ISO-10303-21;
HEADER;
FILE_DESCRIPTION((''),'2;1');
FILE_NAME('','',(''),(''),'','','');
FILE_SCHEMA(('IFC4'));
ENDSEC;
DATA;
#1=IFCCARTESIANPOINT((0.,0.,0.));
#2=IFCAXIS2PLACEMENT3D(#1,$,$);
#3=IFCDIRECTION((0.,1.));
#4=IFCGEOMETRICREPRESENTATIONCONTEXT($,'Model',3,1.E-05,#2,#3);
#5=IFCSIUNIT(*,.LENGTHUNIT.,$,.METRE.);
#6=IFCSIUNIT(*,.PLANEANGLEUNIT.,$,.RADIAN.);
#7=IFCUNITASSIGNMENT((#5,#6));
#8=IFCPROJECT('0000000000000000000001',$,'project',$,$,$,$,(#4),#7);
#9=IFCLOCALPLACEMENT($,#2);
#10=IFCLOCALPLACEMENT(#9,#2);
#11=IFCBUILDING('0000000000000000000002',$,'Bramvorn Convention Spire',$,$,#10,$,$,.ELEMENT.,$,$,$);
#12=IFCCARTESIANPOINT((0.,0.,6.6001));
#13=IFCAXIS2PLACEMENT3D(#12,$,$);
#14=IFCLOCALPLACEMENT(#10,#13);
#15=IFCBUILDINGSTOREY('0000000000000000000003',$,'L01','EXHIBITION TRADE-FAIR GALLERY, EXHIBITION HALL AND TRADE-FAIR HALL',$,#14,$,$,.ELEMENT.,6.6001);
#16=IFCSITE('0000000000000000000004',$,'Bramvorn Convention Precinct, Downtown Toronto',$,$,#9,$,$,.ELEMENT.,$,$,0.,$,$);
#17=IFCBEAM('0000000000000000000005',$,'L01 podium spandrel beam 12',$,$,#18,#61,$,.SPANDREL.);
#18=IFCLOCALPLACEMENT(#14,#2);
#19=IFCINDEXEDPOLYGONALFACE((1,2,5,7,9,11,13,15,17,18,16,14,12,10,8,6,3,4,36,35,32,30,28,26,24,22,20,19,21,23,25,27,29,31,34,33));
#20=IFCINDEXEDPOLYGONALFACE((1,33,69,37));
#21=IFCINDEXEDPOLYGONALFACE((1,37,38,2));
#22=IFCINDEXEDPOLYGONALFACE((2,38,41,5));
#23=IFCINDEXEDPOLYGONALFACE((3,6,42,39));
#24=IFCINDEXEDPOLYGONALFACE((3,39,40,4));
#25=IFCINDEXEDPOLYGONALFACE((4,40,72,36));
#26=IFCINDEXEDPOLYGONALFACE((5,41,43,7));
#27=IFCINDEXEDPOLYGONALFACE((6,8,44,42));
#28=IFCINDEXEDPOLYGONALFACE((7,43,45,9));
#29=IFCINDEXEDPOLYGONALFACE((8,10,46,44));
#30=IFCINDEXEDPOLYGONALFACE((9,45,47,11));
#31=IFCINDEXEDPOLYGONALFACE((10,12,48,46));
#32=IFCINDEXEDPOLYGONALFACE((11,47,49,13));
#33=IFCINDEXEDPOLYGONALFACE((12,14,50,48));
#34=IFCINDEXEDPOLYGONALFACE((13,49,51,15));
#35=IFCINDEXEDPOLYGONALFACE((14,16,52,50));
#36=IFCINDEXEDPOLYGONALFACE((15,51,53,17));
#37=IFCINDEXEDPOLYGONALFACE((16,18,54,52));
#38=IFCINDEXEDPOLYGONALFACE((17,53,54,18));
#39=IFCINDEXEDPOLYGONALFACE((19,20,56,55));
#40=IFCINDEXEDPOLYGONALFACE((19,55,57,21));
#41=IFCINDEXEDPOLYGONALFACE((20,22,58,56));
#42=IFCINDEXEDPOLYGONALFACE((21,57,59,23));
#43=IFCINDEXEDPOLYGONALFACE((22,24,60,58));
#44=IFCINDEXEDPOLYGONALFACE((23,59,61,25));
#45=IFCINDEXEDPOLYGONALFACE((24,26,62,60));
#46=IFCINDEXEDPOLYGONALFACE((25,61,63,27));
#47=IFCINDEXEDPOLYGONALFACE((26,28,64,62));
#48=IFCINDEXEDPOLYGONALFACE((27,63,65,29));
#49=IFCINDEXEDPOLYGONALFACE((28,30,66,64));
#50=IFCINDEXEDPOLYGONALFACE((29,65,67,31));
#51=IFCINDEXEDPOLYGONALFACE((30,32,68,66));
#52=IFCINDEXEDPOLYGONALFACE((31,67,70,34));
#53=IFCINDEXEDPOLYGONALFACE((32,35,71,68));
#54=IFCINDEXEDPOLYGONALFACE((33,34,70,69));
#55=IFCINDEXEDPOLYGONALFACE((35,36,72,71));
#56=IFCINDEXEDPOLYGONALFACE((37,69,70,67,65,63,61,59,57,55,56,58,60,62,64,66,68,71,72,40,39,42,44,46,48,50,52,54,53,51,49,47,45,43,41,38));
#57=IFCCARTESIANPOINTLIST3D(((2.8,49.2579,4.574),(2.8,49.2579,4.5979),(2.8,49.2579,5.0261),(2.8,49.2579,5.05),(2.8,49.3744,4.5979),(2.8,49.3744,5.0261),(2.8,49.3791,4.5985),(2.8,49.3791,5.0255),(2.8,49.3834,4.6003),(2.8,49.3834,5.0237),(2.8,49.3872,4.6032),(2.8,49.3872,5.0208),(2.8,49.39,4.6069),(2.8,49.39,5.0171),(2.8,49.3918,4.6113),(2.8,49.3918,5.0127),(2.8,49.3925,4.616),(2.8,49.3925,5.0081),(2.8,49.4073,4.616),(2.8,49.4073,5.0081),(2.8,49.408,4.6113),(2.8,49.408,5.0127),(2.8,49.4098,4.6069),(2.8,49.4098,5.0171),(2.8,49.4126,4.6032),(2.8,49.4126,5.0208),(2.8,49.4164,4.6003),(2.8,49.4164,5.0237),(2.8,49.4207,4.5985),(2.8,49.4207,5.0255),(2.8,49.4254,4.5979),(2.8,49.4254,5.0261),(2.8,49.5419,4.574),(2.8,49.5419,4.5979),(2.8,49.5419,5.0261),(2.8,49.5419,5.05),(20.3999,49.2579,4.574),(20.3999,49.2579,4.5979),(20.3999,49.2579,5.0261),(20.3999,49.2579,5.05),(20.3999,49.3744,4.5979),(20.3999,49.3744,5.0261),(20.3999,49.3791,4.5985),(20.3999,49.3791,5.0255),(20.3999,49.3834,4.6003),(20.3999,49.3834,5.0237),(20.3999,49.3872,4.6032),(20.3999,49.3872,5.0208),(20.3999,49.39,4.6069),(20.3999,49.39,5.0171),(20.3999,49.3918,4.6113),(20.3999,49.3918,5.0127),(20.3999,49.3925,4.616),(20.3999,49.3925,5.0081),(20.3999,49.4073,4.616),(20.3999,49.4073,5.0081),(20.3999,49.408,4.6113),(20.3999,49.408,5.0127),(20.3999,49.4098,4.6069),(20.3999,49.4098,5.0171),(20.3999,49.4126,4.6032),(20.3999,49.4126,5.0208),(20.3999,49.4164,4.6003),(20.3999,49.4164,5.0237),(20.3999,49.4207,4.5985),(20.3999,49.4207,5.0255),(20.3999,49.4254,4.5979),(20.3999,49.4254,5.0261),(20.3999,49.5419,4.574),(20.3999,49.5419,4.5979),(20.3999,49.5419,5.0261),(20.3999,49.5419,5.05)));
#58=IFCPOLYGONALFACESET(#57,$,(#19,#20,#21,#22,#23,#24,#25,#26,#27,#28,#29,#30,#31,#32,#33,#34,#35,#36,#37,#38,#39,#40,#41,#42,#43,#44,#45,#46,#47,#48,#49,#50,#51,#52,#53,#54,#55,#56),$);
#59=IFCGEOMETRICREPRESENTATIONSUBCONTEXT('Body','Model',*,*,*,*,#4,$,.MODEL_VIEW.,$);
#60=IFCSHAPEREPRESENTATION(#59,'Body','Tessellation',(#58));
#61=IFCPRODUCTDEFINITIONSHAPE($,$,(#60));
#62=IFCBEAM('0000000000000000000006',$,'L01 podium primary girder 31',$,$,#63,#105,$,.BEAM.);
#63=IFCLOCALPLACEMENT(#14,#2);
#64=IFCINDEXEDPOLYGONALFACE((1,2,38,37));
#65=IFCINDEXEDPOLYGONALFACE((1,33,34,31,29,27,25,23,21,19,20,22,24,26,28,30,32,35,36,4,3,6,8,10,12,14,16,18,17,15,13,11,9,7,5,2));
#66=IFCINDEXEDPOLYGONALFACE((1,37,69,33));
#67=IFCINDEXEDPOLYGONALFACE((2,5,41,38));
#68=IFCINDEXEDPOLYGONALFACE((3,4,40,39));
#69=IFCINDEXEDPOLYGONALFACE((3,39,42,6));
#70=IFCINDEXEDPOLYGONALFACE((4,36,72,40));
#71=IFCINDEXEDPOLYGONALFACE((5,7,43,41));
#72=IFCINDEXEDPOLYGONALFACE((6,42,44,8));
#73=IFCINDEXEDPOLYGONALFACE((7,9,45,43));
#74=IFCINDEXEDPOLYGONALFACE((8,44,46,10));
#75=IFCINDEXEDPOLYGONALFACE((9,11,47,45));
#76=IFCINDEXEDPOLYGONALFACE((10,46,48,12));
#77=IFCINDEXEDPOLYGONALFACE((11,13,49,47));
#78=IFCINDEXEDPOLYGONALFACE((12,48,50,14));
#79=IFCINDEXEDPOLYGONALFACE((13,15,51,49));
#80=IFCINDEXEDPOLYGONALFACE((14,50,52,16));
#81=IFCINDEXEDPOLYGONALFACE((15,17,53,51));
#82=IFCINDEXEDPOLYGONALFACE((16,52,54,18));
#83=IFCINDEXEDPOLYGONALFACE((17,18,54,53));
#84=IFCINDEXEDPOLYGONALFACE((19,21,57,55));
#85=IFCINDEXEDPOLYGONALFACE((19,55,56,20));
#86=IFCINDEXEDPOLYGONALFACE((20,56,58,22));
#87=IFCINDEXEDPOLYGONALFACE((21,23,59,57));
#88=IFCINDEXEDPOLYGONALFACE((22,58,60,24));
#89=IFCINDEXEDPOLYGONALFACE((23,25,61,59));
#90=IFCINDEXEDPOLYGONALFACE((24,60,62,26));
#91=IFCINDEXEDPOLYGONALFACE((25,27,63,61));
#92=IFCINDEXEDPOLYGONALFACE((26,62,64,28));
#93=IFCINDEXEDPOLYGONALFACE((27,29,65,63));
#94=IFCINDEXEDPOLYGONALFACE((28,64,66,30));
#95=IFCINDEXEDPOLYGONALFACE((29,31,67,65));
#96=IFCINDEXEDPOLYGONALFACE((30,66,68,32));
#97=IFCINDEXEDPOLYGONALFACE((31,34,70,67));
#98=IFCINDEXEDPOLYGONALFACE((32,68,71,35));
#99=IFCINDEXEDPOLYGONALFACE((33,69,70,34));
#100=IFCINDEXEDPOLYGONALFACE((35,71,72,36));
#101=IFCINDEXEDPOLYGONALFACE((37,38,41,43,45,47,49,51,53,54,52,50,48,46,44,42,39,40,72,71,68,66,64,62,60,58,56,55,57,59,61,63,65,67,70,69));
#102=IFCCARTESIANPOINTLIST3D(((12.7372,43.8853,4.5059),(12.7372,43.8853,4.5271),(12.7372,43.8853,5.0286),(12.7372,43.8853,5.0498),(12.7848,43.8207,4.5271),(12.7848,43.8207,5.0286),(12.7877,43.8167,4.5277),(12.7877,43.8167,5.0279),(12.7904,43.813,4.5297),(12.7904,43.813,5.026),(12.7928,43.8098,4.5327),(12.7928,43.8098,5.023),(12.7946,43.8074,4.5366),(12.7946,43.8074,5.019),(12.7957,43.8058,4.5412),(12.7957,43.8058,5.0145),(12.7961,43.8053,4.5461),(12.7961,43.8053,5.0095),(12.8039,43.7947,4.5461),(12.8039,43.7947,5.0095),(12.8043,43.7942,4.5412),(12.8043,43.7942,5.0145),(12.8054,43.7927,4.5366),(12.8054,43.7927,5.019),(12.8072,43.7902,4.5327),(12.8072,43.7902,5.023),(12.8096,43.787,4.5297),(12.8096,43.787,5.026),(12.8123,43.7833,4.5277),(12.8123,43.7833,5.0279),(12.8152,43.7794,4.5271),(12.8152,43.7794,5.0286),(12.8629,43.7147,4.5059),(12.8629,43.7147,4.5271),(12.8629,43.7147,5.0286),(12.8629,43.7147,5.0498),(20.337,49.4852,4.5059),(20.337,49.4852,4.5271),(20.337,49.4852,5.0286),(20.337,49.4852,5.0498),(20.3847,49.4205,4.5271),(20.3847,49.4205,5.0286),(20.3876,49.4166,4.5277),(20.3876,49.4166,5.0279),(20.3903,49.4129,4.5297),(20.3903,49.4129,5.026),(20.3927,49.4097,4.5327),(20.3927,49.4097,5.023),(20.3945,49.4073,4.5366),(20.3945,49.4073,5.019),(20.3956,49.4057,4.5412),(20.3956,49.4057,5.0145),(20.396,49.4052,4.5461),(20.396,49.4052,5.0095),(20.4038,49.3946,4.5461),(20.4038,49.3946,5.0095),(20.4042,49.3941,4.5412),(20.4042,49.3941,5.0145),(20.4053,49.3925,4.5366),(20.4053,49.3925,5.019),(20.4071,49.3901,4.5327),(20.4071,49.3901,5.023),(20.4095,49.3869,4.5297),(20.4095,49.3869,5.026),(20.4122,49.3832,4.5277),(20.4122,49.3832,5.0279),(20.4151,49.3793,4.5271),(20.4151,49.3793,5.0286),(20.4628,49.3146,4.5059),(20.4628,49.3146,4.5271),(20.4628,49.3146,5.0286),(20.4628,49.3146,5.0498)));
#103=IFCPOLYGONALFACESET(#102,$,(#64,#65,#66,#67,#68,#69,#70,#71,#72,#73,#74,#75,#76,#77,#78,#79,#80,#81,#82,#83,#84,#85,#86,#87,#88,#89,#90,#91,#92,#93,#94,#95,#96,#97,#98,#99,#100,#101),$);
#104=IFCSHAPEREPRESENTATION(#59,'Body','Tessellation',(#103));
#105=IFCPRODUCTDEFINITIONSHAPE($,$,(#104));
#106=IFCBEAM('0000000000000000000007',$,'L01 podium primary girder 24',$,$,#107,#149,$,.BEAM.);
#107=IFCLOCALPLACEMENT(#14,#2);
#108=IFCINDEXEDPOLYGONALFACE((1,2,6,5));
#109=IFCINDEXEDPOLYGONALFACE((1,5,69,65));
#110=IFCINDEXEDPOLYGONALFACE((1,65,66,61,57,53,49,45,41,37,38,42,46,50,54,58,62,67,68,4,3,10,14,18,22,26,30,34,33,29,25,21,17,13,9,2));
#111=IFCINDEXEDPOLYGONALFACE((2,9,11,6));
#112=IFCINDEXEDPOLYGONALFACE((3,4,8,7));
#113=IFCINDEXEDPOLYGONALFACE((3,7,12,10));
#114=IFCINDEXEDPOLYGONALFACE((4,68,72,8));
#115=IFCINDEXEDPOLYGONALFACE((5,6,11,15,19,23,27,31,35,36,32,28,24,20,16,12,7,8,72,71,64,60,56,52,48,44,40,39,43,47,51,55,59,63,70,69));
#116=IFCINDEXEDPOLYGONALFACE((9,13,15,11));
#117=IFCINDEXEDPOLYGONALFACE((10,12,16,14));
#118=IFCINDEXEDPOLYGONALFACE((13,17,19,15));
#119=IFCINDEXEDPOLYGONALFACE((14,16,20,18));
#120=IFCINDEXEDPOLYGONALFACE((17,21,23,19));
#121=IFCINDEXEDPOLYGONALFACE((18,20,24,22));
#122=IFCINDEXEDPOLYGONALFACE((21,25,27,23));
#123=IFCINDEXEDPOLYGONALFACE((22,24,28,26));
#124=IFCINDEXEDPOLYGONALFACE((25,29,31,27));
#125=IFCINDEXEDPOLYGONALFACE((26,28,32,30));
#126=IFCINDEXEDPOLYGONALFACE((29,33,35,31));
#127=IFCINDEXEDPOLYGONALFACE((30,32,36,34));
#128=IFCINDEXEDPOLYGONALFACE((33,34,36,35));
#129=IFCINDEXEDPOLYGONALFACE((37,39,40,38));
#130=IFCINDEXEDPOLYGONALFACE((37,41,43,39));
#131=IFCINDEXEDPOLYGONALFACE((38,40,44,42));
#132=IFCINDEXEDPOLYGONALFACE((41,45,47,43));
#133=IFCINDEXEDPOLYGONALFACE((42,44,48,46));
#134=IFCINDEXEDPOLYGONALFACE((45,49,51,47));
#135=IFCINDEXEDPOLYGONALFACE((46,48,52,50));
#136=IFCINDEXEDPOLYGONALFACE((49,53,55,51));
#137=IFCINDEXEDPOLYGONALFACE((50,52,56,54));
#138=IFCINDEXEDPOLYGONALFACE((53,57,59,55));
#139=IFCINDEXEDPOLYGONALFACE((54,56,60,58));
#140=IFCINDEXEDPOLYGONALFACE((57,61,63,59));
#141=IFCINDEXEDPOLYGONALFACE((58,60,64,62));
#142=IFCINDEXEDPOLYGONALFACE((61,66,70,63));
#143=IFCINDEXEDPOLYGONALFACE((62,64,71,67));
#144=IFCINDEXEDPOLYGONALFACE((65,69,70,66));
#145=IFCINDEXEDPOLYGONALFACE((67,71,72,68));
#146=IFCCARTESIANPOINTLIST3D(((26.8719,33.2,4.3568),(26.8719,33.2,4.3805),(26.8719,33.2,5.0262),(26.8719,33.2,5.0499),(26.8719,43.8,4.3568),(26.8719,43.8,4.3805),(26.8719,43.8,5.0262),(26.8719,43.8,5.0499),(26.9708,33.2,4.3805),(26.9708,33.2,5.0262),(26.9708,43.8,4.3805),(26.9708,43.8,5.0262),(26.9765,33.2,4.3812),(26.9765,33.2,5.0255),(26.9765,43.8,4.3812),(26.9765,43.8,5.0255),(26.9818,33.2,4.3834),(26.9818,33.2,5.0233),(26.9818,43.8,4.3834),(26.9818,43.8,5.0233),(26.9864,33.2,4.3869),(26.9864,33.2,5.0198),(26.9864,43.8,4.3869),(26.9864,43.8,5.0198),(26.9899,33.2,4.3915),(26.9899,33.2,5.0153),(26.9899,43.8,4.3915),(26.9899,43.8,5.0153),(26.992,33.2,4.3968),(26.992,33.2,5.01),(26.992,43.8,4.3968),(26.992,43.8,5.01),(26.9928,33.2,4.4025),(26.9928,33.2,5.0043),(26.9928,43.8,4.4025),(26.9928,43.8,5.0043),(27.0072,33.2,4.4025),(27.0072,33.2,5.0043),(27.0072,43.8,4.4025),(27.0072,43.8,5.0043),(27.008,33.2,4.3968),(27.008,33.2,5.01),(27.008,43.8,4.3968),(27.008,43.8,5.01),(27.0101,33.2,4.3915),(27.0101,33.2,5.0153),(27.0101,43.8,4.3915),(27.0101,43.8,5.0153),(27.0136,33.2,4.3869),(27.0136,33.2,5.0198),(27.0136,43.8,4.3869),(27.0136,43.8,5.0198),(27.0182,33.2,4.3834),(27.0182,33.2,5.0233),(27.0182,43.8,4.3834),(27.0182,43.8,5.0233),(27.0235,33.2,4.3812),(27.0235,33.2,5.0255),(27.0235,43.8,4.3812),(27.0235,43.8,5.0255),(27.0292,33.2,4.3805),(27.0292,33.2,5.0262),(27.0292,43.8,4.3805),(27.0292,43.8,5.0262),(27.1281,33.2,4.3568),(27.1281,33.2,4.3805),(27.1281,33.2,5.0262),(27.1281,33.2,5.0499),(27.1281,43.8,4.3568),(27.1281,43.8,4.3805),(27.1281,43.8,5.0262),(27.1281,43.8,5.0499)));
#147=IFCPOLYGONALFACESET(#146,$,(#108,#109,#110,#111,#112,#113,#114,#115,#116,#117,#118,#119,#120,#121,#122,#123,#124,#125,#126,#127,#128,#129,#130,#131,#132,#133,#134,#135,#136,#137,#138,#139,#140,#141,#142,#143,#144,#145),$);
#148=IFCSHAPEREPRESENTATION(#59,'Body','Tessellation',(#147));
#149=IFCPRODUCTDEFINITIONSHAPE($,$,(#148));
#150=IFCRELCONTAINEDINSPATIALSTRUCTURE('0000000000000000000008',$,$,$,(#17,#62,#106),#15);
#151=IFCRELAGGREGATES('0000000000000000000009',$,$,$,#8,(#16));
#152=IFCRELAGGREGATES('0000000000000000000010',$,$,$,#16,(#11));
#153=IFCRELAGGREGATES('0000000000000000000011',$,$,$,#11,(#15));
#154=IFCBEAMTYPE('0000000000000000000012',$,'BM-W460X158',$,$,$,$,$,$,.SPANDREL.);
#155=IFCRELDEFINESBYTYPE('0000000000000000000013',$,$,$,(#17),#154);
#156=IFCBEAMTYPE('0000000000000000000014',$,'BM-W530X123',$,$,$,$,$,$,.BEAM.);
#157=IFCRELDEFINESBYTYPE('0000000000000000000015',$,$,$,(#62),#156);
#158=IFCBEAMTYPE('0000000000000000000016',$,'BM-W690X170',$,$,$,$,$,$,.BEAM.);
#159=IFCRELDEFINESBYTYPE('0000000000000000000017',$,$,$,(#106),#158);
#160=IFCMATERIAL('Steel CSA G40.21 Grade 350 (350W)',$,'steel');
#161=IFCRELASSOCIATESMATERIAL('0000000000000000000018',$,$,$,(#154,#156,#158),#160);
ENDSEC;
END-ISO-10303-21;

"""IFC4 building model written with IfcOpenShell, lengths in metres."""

from ifc_helpers import new_model, si_unit, direction, frame, origin, origin_2d, place, context, subcontext, project, spatial, i_section, extrude, material, material_profile, profile_set, type_object, element, save


model = new_model("IFC4")

# Units and contexts
model_context = context("Model", 3, precision=1e-05, world=origin(), true_north=direction((0.0, 1.0)))
body_context = subcontext(model_context, "Body", "Model", "MODEL_VIEW")
ifc_project = project(units=[si_unit("LENGTHUNIT", "METRE"), si_unit("PLANEANGLEUNIT", "RADIAN")], contexts=[model_context])

# Site, building, storey
site_placement = place(None, origin())
site = spatial("IfcSite", under=ifc_project, at=site_placement, Name="Bramvorn Convention Precinct, Downtown Toronto", CompositionType="ELEMENT", RefElevation=0.0)
building_placement = place(site_placement, origin())
building = spatial("IfcBuilding", under=site, at=building_placement, Name="Bramvorn Convention Spire", CompositionType="ELEMENT")
storey_placement = place(building_placement, frame((0.0, 0.0, 6.6001)))
storey = spatial("IfcBuildingStorey", under=building, at=storey_placement, Name="L01", Description="EXHIBITION TRADE-FAIR GALLERY, EXHIBITION HALL AND TRADE-FAIR HALL", CompositionType="ELEMENT", Elevation=6.6001)

# Shared definitions
ifc_material_1 = material(Name="Steel CSA G40.21 Grade 350 (350W)", Category="steel")

# Beams
ifc_material_profile_1 = material_profile(ifc_material_1, i_section(OverallWidth=0.2839, OverallDepth=0.4761, WebThickness=0.0149, FlangeThickness=0.0239, FilletRadius=0.0181, at=origin_2d()))
ifc_profile_set_1 = profile_set([ifc_material_profile_1], Name="Steel CSA G40.21 Grade 350 (350W) - W460X158")
beam_type_1 = type_object("IfcBeamType", Name="BM-W460X158", PredefinedType="SPANDREL", material=ifc_profile_set_1)
beam_1_placement = place(storey_placement, frame((20.3999, 49.3999, 4.812), z_axis=(-1.0, 0.0, 0.0), x_axis=(0.0, -1.0, 0.0)))
element("IfcBeam", 1, at=beam_1_placement, inside=storey, type_object=beam_type_1, Name="L01 podium spandrel beam 12", PredefinedType="SPANDREL", context=body_context, shape_type="SweptSolid", body=[
    extrude(i_section(OverallWidth=0.2839, OverallDepth=0.4761, WebThickness=0.0149, FlangeThickness=0.0239, FilletRadius=0.0181, at=origin_2d()), origin(), (0.0, 0.0, 1.0), 17.5999),
])
ifc_material_profile_2 = material_profile(ifc_material_1, i_section(OverallWidth=0.2119, OverallDepth=0.5439, WebThickness=0.0132, FlangeThickness=0.0212, FilletRadius=0.019, at=origin_2d()))
ifc_profile_set_2 = profile_set([ifc_material_profile_2], Name="Steel CSA G40.21 Grade 350 (350W) - W530X123")
beam_type_2 = type_object("IfcBeamType", Name="BM-W530X123", PredefinedType="BEAM", material=ifc_profile_set_2)
beam_2_placement = place(storey_placement, frame((20.3999, 49.3999, 4.7778), z_axis=(-0.805058, -0.593196, 0.0), x_axis=(0.593196, -0.805058, 0.0)))
element("IfcBeam", 2, at=beam_2_placement, inside=storey, type_object=beam_type_2, Name="L01 podium primary girder 31", PredefinedType="BEAM", context=body_context, shape_type="SweptSolid", body=[
    extrude(i_section(OverallWidth=0.2119, OverallDepth=0.5439, WebThickness=0.0132, FlangeThickness=0.0212, FilletRadius=0.019, at=origin_2d()), origin(), (0.0, 0.0, 1.0), 9.4402),
])
ifc_material_profile_3 = material_profile(ifc_material_1, i_section(OverallWidth=0.2561, OverallDepth=0.6931, WebThickness=0.0144, FlangeThickness=0.0237, FilletRadius=0.022, at=origin_2d()))
ifc_profile_set_3 = profile_set([ifc_material_profile_3], Name="Steel CSA G40.21 Grade 350 (350W) - W690X170")
beam_type_3 = type_object("IfcBeamType", Name="BM-W690X170", PredefinedType="BEAM", material=ifc_profile_set_3)
beam_3_placement = place(storey_placement, frame((27.0, 33.2, 4.7034), z_axis=(0.0, 1.0, 0.0), x_axis=(-1.0, 0.0, 0.0)))
element("IfcBeam", 3, at=beam_3_placement, inside=storey, type_object=beam_type_3, Name="L01 podium primary girder 24", PredefinedType="BEAM", context=body_context, shape_type="SweptSolid", body=[
    extrude(i_section(OverallWidth=0.2561, OverallDepth=0.6931, WebThickness=0.0144, FlangeThickness=0.0237, FilletRadius=0.022, at=origin_2d()), origin(), (0.0, 0.0, 1.0), 10.6001),
])

save(model, "model.ifc")
